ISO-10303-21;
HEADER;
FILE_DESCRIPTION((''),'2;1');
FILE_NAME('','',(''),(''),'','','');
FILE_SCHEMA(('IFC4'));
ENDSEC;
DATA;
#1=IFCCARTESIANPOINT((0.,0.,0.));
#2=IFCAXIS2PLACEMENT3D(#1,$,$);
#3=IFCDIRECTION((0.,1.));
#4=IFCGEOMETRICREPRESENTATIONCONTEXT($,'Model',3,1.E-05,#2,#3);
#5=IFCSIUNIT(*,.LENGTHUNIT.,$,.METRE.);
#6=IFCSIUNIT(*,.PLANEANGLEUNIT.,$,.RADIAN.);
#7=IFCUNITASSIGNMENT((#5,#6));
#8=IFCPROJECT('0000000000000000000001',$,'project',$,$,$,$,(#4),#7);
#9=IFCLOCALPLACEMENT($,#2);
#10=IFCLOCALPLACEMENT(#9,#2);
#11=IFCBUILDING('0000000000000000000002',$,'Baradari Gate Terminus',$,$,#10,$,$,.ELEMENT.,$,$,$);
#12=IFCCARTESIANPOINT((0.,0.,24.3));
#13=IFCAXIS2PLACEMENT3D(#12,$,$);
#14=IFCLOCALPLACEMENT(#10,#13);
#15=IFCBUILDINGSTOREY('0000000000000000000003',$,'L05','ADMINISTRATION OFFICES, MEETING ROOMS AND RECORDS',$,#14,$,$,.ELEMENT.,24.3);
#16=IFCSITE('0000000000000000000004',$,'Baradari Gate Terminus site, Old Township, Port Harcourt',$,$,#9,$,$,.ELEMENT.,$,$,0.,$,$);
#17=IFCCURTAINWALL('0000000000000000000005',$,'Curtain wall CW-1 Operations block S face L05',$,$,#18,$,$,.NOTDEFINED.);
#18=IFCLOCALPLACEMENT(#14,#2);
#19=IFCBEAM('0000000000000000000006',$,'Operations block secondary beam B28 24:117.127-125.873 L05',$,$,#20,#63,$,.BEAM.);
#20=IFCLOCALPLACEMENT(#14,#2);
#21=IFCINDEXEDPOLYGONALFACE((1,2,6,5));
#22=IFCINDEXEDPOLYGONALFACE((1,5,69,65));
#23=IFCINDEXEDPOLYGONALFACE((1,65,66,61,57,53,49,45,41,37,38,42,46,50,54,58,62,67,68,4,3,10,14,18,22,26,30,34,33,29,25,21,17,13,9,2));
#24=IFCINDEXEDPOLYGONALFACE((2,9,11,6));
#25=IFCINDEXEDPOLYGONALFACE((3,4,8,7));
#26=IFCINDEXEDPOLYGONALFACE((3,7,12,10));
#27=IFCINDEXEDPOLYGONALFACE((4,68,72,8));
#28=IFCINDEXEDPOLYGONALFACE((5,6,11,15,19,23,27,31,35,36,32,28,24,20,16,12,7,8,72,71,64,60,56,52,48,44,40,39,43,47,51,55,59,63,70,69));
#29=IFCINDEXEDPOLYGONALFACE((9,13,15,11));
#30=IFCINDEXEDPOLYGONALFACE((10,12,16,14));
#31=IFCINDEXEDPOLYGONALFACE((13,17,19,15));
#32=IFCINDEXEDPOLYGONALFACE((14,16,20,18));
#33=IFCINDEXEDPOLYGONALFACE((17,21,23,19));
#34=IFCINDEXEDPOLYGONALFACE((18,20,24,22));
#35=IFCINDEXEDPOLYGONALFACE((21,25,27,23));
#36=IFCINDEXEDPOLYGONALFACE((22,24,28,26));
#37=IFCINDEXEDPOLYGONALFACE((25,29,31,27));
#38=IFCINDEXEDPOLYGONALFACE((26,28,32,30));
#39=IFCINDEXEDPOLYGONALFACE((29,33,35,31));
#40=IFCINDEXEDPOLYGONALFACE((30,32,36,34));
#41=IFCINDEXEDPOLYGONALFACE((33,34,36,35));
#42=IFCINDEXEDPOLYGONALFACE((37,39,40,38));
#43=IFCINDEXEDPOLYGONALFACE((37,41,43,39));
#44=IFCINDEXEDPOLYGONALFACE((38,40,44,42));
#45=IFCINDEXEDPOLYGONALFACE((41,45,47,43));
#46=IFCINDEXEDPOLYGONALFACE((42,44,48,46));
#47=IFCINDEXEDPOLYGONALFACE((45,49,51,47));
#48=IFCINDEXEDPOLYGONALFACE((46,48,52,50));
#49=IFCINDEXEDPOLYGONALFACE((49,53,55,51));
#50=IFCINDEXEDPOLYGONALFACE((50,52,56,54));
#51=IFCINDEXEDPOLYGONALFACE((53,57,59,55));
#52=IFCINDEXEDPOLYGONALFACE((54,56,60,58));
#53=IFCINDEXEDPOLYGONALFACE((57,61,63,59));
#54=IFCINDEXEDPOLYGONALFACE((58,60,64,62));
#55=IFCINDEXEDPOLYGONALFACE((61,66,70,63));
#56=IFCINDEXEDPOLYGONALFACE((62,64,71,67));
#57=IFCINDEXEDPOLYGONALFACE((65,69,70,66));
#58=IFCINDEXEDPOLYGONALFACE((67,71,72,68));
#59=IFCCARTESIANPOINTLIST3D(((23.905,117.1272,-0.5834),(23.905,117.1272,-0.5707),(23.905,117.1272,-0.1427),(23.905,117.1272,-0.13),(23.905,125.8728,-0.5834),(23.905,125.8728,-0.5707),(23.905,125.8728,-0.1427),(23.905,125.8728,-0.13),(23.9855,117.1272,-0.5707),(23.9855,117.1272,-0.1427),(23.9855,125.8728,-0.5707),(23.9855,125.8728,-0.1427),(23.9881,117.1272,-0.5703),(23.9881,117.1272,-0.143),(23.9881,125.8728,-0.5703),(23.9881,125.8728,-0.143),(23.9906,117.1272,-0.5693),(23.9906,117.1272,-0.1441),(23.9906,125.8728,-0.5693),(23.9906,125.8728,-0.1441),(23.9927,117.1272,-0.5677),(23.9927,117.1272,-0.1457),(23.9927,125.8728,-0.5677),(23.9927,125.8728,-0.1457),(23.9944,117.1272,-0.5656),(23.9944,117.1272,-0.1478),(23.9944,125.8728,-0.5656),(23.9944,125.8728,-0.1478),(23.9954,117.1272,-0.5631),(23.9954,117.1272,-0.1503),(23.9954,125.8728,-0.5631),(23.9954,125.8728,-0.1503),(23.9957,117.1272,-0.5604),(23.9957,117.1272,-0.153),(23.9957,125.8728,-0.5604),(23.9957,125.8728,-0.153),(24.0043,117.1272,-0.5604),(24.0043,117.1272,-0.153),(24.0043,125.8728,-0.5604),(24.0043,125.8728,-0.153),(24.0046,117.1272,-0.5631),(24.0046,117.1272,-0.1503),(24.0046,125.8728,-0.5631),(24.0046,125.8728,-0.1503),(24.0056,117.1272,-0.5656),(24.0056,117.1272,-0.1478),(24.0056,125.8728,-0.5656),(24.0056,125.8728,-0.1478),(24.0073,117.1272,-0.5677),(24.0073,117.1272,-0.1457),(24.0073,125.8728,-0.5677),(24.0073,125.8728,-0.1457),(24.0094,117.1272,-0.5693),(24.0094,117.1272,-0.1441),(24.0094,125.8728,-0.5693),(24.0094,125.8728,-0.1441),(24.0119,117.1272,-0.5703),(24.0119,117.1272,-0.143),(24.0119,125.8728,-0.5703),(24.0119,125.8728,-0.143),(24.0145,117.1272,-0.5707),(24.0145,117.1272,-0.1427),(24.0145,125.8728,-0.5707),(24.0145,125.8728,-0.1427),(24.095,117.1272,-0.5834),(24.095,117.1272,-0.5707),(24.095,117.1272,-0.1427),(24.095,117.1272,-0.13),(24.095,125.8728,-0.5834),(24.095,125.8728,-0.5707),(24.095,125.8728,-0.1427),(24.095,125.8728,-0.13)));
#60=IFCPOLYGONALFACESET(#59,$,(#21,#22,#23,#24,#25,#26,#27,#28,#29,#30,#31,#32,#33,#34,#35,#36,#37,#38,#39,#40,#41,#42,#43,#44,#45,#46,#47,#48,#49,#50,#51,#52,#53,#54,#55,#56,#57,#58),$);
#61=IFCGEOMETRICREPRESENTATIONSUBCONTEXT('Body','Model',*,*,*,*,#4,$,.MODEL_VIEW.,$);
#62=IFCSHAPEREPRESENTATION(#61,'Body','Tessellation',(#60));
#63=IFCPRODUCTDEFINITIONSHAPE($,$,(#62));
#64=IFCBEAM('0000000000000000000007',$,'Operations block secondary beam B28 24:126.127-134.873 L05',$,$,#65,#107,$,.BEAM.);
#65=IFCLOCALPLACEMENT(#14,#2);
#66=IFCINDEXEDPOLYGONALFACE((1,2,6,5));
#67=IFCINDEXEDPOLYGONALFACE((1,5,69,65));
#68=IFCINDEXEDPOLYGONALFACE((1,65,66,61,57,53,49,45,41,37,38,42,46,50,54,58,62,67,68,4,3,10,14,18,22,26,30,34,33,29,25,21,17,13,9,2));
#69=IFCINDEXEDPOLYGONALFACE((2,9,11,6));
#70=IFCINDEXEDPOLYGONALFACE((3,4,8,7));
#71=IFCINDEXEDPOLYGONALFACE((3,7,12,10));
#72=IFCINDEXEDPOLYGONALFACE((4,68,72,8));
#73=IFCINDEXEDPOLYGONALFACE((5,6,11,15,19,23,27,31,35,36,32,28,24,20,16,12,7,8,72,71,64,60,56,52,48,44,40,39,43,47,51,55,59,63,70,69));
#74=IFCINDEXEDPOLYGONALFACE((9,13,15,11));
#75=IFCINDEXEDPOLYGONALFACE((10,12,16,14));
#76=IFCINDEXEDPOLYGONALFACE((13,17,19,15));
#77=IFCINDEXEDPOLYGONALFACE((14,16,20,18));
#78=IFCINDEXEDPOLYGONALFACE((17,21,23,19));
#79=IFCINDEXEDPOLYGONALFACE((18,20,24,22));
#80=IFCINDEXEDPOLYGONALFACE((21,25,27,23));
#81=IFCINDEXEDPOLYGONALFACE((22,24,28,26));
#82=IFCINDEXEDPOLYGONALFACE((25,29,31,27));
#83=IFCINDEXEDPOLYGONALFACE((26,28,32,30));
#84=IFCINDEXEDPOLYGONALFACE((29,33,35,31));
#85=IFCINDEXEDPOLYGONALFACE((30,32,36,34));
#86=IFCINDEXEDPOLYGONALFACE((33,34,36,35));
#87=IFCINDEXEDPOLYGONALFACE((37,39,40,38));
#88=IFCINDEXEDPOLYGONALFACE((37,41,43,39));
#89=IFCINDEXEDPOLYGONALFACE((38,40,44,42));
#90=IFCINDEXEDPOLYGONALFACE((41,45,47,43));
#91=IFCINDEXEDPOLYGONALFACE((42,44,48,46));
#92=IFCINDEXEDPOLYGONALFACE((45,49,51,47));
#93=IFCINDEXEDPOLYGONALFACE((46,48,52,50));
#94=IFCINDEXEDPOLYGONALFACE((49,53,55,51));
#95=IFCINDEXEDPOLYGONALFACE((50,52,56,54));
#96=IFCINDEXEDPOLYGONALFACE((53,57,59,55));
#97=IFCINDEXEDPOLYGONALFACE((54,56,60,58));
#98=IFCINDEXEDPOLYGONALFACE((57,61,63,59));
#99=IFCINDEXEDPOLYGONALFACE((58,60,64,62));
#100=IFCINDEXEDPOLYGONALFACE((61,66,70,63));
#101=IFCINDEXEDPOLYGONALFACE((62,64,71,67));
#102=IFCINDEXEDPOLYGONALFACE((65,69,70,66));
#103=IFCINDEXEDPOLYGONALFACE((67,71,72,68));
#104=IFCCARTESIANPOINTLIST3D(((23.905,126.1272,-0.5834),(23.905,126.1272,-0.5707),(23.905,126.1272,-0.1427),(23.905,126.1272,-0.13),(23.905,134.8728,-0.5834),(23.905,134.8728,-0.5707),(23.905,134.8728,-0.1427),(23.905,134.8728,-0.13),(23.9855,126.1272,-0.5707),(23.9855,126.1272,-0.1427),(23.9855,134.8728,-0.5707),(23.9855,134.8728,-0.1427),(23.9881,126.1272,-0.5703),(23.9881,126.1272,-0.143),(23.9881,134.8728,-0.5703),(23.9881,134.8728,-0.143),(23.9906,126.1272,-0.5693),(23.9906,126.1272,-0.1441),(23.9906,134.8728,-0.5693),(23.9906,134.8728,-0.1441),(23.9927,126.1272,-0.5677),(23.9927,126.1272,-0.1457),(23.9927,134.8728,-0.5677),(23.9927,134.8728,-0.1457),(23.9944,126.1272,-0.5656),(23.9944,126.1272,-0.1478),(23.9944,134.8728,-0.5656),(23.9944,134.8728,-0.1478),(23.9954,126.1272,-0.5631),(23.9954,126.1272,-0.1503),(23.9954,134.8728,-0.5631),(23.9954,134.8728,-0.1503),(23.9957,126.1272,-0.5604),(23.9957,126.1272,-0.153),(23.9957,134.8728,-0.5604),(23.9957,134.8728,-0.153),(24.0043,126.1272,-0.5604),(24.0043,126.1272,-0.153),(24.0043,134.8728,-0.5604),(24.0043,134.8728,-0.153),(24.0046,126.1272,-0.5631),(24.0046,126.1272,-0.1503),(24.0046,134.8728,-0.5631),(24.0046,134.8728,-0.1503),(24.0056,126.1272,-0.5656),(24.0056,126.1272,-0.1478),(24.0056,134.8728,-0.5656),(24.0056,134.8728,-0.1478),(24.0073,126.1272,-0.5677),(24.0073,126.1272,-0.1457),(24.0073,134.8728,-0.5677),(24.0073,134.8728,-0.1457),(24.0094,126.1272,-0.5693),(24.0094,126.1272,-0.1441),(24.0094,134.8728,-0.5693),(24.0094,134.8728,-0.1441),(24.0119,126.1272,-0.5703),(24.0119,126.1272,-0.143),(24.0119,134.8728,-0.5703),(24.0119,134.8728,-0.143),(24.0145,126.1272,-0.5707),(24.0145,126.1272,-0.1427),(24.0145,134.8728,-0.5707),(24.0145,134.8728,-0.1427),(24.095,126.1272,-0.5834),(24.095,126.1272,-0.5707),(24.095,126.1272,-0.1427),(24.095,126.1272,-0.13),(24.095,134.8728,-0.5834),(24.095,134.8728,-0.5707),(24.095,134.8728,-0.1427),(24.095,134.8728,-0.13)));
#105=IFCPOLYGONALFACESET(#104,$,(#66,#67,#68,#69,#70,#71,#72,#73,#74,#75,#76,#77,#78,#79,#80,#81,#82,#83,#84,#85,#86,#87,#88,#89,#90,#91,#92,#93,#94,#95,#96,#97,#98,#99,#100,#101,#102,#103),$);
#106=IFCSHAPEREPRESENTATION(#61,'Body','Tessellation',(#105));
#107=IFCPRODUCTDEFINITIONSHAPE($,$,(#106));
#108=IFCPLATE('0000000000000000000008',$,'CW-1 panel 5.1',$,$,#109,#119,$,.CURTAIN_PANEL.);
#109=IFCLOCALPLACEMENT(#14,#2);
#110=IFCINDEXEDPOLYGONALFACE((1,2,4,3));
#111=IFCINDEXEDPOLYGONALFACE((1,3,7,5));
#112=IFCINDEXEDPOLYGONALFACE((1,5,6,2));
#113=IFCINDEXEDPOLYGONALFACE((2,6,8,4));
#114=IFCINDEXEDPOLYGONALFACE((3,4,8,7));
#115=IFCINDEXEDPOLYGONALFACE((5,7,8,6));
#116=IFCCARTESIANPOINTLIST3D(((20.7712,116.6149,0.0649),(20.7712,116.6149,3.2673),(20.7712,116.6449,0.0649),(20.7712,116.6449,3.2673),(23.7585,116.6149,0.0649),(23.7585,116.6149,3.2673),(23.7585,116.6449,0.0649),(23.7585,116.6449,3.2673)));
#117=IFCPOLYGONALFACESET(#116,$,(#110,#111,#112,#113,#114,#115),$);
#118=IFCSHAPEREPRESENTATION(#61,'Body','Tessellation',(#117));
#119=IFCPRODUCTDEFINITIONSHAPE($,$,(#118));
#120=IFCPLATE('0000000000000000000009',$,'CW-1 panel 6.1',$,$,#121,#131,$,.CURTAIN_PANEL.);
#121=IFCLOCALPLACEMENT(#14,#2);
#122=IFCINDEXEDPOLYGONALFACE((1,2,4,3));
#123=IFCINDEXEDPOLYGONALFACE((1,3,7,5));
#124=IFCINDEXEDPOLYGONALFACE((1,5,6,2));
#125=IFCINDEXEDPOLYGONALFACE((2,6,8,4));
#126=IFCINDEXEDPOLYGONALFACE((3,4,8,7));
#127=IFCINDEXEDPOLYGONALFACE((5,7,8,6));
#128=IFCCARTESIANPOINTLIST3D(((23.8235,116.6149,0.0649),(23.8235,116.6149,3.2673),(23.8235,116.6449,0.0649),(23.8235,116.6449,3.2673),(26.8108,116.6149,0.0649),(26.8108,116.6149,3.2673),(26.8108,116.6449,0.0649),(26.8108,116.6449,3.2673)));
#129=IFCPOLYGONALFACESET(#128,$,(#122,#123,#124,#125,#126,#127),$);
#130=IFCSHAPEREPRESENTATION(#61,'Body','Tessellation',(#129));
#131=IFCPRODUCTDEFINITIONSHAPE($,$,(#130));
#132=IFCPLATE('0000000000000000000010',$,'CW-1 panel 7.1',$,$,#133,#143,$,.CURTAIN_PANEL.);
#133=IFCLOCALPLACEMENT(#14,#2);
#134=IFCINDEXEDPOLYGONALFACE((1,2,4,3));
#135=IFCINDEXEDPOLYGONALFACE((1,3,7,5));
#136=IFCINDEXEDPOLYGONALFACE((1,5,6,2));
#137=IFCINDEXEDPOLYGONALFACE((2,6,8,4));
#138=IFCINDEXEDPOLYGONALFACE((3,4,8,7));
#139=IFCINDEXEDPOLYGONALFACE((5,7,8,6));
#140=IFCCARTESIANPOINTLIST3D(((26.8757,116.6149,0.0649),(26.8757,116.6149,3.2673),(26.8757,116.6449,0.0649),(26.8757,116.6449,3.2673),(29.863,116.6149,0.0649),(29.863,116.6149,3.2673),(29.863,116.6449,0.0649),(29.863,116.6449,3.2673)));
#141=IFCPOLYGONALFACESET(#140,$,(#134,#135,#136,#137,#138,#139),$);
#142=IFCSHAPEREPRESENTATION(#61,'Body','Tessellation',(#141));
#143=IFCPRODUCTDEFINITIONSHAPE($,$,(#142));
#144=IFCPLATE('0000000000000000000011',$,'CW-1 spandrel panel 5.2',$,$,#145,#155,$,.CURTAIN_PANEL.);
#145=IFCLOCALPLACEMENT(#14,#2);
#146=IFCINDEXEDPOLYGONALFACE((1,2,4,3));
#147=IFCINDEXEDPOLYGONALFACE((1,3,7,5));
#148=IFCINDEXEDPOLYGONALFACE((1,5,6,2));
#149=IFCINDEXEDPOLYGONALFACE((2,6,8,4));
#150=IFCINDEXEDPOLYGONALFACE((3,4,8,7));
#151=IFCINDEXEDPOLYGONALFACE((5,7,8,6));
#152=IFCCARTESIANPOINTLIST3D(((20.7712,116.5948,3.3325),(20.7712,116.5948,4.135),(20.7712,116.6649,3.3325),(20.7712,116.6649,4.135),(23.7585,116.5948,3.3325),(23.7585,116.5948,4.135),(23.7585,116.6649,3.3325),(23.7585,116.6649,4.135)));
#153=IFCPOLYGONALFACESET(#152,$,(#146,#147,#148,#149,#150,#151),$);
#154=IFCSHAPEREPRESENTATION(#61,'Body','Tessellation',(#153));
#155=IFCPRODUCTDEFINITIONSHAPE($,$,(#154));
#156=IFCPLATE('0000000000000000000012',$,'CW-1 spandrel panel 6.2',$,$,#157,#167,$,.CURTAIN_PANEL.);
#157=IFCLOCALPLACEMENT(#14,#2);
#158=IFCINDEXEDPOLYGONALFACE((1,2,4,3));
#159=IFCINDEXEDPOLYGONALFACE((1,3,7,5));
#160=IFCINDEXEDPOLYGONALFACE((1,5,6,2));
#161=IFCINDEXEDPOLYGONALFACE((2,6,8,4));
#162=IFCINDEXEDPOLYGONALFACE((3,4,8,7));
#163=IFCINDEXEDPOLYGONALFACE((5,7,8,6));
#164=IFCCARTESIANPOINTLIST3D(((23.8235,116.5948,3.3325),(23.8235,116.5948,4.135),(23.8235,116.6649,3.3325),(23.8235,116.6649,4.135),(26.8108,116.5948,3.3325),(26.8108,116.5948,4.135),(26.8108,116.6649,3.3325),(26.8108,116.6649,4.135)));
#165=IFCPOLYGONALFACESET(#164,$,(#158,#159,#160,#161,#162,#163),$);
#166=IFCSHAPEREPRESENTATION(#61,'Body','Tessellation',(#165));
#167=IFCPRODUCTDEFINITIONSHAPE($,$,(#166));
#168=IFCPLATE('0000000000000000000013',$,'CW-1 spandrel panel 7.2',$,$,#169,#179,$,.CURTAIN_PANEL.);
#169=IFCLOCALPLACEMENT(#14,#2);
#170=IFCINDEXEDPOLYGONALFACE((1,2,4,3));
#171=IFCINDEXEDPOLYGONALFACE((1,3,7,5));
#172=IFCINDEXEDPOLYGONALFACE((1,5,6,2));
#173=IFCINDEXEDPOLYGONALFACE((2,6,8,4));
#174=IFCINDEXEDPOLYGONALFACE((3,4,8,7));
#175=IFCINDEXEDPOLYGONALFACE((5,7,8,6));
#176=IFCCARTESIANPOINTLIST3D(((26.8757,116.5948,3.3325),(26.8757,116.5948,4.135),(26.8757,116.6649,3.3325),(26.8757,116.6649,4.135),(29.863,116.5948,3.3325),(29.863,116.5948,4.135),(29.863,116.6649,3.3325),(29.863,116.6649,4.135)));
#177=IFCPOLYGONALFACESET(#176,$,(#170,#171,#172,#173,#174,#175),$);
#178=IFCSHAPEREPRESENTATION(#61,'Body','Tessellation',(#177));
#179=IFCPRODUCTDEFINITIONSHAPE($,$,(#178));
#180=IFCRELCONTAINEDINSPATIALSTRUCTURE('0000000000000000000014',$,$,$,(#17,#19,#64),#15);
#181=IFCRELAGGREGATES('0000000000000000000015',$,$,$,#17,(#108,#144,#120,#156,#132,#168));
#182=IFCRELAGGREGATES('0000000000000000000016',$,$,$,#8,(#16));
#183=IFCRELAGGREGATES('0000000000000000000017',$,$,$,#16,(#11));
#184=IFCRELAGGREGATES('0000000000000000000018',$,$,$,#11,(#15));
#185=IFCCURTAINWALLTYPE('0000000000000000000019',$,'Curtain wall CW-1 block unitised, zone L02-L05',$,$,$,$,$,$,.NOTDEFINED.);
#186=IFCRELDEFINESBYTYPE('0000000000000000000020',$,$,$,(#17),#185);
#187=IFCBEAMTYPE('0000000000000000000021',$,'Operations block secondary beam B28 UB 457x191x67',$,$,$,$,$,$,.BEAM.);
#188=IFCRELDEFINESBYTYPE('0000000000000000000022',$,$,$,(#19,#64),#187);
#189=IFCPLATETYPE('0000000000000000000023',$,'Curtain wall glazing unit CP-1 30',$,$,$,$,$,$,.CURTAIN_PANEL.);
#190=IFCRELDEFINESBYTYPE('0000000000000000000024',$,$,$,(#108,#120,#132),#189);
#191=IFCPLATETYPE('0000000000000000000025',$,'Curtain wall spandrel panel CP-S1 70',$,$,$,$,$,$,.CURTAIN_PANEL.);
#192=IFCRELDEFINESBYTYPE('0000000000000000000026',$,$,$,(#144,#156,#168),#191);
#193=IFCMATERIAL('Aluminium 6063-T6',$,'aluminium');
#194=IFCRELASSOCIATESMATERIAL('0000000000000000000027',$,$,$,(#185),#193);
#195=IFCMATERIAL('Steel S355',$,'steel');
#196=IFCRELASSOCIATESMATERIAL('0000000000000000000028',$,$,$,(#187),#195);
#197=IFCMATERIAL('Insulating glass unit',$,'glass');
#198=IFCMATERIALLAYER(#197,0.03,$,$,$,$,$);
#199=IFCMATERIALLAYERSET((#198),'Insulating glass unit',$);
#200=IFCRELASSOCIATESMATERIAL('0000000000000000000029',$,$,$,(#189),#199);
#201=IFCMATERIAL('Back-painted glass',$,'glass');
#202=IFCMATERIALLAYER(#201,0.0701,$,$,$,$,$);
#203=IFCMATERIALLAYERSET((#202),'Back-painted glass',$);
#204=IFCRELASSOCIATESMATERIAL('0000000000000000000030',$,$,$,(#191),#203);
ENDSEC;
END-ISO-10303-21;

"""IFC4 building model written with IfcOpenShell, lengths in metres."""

from ifc_helpers import new_model, si_unit, direction, frame, origin, origin_2d, place, context, subcontext, project, spatial, rectangle, i_section, extrude, material, layer, layer_set, material_profile, profile_set, type_object, element, aggregate, save


model = new_model("IFC4")

# Units and contexts
model_context = context("Model", 3, precision=1e-05, world=origin(), true_north=direction((0.0, 1.0)))
body_context = subcontext(model_context, "Body", "Model", "MODEL_VIEW")
ifc_project = project(units=[si_unit("LENGTHUNIT", "METRE"), si_unit("PLANEANGLEUNIT", "RADIAN")], contexts=[model_context])

# Site, building, storey
site_placement = place(None, origin())
site = spatial("IfcSite", under=ifc_project, at=site_placement, Name="Baradari Gate Terminus site, Old Township, Port Harcourt", CompositionType="ELEMENT", RefElevation=0.0)
building_placement = place(site_placement, origin())
building = spatial("IfcBuilding", under=site, at=building_placement, Name="Baradari Gate Terminus", CompositionType="ELEMENT")
storey_placement = place(building_placement, frame((0.0, 0.0, 24.3)))
storey = spatial("IfcBuildingStorey", under=building, at=storey_placement, Name="L05", Description="ADMINISTRATION OFFICES, MEETING ROOMS AND RECORDS", CompositionType="ELEMENT", Elevation=24.3)

# Curtain wall
ifc_material_1 = material(Name="Aluminium 6063-T6", Category="aluminium")
curtain_wall_type = type_object("IfcCurtainWallType", Name="Curtain wall CW-1 block unitised, zone L02-L05", PredefinedType="NOTDEFINED", material=ifc_material_1)
curtain_wall_placement = place(storey_placement, origin())
curtain_wall = element("IfcCurtainWall", 1, at=curtain_wall_placement, inside=storey, type_object=curtain_wall_type, Name="Curtain wall CW-1 Operations block S face L05", PredefinedType="NOTDEFINED")

# Beams
ifc_material_2 = material(Name="Steel S355", Category="steel")
ifc_material_profile_1 = material_profile(ifc_material_2, i_section(OverallWidth=0.1899, OverallDepth=0.4534, WebThickness=0.0085, FlangeThickness=0.0127, FilletRadius=0.0103, at=origin_2d()), Name="UB 457x191x67")
ifc_profile_set_1 = profile_set([ifc_material_profile_1], Name="Steel S355")
beam_type_1 = type_object("IfcBeamType", Name="Operations block secondary beam B28 UB 457x191x67", PredefinedType="BEAM", material=ifc_profile_set_1)
for number, where, z_axis, x_axis, name in (
    (2, (24.0, 117.1272, -0.3567), (0.0, 1.0, 0.0), (-1.0, 0.0, 0.0), "Operations block secondary beam B28 24:117.127-125.873 L05"),
    (3, (24.0, 126.1272, -0.3567), (0.0, 1.0, 0.0), (-1.0, 0.0, 0.0), "Operations block secondary beam B28 24:126.127-134.873 L05"),
):
    element("IfcBeam", number, at=place(storey_placement, frame(where, z_axis=z_axis, x_axis=x_axis)), inside=storey, type_object=beam_type_1, Name=name, PredefinedType="BEAM", context=body_context, shape_type="SweptSolid", body=[
        extrude(i_section(OverallWidth=0.1899, OverallDepth=0.4534, WebThickness=0.0085, FlangeThickness=0.0127, FilletRadius=0.0103, at=origin_2d()), origin(), (0.0, 0.0, 1.0), 8.7456),
    ])

# Plates
ifc_material_3 = material(Name="Insulating glass unit", Category="glass")
ifc_layer_1 = layer(ifc_material_3, 0.03)
ifc_layer_set_1 = layer_set([ifc_layer_1], Name="Insulating glass unit")
plate_type_1 = type_object("IfcPlateType", Name="Curtain wall glazing unit CP-1 30", PredefinedType="CURTAIN_PANEL", material=ifc_layer_set_1)
plate_1_placement = place(storey_placement, frame((22.2649, 116.6299, 0.0649), z_axis=(0.0, 0.0, 1.0), x_axis=(1.0, 0.0, 0.0)))
plate_1 = element("IfcPlate", 4, at=plate_1_placement, type_object=plate_type_1, Name="CW-1 panel 5.1", PredefinedType="CURTAIN_PANEL", context=body_context, shape_type="SweptSolid", body=[
    extrude(rectangle(XDim=2.9873, YDim=0.03, at=origin_2d()), origin(), (0.0, 0.0, 1.0), 3.2024),
])
plate_2_placement = place(storey_placement, frame((25.3171, 116.6299, 0.0649), z_axis=(0.0, 0.0, 1.0), x_axis=(1.0, 0.0, 0.0)))
plate_2 = element("IfcPlate", 5, at=plate_2_placement, type_object=plate_type_1, Name="CW-1 panel 6.1", PredefinedType="CURTAIN_PANEL", context=body_context, shape_type="SweptSolid", body=[
    extrude(rectangle(XDim=2.9873, YDim=0.03, at=origin_2d()), origin(), (0.0, 0.0, 1.0), 3.2024),
])
plate_3_placement = place(storey_placement, frame((28.3694, 116.6299, 0.0649), z_axis=(0.0, 0.0, 1.0), x_axis=(1.0, 0.0, 0.0)))
plate_3 = element("IfcPlate", 6, at=plate_3_placement, type_object=plate_type_1, Name="CW-1 panel 7.1", PredefinedType="CURTAIN_PANEL", context=body_context, shape_type="SweptSolid", body=[
    extrude(rectangle(XDim=2.9873, YDim=0.03, at=origin_2d()), origin(), (0.0, 0.0, 1.0), 3.2024),
])
ifc_material_4 = material(Name="Back-painted glass", Category="glass")
ifc_layer_2 = layer(ifc_material_4, 0.0701)
ifc_layer_set_2 = layer_set([ifc_layer_2], Name="Back-painted glass")
plate_type_2 = type_object("IfcPlateType", Name="Curtain wall spandrel panel CP-S1 70", PredefinedType="CURTAIN_PANEL", material=ifc_layer_set_2)
plate_4_placement = place(storey_placement, frame((22.2649, 116.6299, 3.3325), z_axis=(0.0, 0.0, 1.0), x_axis=(1.0, 0.0, 0.0)))
plate_4 = element("IfcPlate", 7, at=plate_4_placement, type_object=plate_type_2, Name="CW-1 spandrel panel 5.2", PredefinedType="CURTAIN_PANEL", context=body_context, shape_type="SweptSolid", body=[
    extrude(rectangle(XDim=2.9873, YDim=0.0701, at=origin_2d()), origin(), (0.0, 0.0, 1.0), 0.8025),
])
plate_5_placement = place(storey_placement, frame((25.3171, 116.6299, 3.3325), z_axis=(0.0, 0.0, 1.0), x_axis=(1.0, 0.0, 0.0)))
plate_5 = element("IfcPlate", 8, at=plate_5_placement, type_object=plate_type_2, Name="CW-1 spandrel panel 6.2", PredefinedType="CURTAIN_PANEL", context=body_context, shape_type="SweptSolid", body=[
    extrude(rectangle(XDim=2.9873, YDim=0.0701, at=origin_2d()), origin(), (0.0, 0.0, 1.0), 0.8025),
])
plate_6_placement = place(storey_placement, frame((28.3694, 116.6299, 3.3325), z_axis=(0.0, 0.0, 1.0), x_axis=(1.0, 0.0, 0.0)))
plate_6 = element("IfcPlate", 9, at=plate_6_placement, type_object=plate_type_2, Name="CW-1 spandrel panel 7.2", PredefinedType="CURTAIN_PANEL", context=body_context, shape_type="SweptSolid", body=[
    extrude(rectangle(XDim=2.9873, YDim=0.0701, at=origin_2d()), origin(), (0.0, 0.0, 1.0), 0.8025),
])
aggregate(curtain_wall, [plate_1, plate_4, plate_2, plate_5, plate_3, plate_6])

save(model, "model.ifc")
